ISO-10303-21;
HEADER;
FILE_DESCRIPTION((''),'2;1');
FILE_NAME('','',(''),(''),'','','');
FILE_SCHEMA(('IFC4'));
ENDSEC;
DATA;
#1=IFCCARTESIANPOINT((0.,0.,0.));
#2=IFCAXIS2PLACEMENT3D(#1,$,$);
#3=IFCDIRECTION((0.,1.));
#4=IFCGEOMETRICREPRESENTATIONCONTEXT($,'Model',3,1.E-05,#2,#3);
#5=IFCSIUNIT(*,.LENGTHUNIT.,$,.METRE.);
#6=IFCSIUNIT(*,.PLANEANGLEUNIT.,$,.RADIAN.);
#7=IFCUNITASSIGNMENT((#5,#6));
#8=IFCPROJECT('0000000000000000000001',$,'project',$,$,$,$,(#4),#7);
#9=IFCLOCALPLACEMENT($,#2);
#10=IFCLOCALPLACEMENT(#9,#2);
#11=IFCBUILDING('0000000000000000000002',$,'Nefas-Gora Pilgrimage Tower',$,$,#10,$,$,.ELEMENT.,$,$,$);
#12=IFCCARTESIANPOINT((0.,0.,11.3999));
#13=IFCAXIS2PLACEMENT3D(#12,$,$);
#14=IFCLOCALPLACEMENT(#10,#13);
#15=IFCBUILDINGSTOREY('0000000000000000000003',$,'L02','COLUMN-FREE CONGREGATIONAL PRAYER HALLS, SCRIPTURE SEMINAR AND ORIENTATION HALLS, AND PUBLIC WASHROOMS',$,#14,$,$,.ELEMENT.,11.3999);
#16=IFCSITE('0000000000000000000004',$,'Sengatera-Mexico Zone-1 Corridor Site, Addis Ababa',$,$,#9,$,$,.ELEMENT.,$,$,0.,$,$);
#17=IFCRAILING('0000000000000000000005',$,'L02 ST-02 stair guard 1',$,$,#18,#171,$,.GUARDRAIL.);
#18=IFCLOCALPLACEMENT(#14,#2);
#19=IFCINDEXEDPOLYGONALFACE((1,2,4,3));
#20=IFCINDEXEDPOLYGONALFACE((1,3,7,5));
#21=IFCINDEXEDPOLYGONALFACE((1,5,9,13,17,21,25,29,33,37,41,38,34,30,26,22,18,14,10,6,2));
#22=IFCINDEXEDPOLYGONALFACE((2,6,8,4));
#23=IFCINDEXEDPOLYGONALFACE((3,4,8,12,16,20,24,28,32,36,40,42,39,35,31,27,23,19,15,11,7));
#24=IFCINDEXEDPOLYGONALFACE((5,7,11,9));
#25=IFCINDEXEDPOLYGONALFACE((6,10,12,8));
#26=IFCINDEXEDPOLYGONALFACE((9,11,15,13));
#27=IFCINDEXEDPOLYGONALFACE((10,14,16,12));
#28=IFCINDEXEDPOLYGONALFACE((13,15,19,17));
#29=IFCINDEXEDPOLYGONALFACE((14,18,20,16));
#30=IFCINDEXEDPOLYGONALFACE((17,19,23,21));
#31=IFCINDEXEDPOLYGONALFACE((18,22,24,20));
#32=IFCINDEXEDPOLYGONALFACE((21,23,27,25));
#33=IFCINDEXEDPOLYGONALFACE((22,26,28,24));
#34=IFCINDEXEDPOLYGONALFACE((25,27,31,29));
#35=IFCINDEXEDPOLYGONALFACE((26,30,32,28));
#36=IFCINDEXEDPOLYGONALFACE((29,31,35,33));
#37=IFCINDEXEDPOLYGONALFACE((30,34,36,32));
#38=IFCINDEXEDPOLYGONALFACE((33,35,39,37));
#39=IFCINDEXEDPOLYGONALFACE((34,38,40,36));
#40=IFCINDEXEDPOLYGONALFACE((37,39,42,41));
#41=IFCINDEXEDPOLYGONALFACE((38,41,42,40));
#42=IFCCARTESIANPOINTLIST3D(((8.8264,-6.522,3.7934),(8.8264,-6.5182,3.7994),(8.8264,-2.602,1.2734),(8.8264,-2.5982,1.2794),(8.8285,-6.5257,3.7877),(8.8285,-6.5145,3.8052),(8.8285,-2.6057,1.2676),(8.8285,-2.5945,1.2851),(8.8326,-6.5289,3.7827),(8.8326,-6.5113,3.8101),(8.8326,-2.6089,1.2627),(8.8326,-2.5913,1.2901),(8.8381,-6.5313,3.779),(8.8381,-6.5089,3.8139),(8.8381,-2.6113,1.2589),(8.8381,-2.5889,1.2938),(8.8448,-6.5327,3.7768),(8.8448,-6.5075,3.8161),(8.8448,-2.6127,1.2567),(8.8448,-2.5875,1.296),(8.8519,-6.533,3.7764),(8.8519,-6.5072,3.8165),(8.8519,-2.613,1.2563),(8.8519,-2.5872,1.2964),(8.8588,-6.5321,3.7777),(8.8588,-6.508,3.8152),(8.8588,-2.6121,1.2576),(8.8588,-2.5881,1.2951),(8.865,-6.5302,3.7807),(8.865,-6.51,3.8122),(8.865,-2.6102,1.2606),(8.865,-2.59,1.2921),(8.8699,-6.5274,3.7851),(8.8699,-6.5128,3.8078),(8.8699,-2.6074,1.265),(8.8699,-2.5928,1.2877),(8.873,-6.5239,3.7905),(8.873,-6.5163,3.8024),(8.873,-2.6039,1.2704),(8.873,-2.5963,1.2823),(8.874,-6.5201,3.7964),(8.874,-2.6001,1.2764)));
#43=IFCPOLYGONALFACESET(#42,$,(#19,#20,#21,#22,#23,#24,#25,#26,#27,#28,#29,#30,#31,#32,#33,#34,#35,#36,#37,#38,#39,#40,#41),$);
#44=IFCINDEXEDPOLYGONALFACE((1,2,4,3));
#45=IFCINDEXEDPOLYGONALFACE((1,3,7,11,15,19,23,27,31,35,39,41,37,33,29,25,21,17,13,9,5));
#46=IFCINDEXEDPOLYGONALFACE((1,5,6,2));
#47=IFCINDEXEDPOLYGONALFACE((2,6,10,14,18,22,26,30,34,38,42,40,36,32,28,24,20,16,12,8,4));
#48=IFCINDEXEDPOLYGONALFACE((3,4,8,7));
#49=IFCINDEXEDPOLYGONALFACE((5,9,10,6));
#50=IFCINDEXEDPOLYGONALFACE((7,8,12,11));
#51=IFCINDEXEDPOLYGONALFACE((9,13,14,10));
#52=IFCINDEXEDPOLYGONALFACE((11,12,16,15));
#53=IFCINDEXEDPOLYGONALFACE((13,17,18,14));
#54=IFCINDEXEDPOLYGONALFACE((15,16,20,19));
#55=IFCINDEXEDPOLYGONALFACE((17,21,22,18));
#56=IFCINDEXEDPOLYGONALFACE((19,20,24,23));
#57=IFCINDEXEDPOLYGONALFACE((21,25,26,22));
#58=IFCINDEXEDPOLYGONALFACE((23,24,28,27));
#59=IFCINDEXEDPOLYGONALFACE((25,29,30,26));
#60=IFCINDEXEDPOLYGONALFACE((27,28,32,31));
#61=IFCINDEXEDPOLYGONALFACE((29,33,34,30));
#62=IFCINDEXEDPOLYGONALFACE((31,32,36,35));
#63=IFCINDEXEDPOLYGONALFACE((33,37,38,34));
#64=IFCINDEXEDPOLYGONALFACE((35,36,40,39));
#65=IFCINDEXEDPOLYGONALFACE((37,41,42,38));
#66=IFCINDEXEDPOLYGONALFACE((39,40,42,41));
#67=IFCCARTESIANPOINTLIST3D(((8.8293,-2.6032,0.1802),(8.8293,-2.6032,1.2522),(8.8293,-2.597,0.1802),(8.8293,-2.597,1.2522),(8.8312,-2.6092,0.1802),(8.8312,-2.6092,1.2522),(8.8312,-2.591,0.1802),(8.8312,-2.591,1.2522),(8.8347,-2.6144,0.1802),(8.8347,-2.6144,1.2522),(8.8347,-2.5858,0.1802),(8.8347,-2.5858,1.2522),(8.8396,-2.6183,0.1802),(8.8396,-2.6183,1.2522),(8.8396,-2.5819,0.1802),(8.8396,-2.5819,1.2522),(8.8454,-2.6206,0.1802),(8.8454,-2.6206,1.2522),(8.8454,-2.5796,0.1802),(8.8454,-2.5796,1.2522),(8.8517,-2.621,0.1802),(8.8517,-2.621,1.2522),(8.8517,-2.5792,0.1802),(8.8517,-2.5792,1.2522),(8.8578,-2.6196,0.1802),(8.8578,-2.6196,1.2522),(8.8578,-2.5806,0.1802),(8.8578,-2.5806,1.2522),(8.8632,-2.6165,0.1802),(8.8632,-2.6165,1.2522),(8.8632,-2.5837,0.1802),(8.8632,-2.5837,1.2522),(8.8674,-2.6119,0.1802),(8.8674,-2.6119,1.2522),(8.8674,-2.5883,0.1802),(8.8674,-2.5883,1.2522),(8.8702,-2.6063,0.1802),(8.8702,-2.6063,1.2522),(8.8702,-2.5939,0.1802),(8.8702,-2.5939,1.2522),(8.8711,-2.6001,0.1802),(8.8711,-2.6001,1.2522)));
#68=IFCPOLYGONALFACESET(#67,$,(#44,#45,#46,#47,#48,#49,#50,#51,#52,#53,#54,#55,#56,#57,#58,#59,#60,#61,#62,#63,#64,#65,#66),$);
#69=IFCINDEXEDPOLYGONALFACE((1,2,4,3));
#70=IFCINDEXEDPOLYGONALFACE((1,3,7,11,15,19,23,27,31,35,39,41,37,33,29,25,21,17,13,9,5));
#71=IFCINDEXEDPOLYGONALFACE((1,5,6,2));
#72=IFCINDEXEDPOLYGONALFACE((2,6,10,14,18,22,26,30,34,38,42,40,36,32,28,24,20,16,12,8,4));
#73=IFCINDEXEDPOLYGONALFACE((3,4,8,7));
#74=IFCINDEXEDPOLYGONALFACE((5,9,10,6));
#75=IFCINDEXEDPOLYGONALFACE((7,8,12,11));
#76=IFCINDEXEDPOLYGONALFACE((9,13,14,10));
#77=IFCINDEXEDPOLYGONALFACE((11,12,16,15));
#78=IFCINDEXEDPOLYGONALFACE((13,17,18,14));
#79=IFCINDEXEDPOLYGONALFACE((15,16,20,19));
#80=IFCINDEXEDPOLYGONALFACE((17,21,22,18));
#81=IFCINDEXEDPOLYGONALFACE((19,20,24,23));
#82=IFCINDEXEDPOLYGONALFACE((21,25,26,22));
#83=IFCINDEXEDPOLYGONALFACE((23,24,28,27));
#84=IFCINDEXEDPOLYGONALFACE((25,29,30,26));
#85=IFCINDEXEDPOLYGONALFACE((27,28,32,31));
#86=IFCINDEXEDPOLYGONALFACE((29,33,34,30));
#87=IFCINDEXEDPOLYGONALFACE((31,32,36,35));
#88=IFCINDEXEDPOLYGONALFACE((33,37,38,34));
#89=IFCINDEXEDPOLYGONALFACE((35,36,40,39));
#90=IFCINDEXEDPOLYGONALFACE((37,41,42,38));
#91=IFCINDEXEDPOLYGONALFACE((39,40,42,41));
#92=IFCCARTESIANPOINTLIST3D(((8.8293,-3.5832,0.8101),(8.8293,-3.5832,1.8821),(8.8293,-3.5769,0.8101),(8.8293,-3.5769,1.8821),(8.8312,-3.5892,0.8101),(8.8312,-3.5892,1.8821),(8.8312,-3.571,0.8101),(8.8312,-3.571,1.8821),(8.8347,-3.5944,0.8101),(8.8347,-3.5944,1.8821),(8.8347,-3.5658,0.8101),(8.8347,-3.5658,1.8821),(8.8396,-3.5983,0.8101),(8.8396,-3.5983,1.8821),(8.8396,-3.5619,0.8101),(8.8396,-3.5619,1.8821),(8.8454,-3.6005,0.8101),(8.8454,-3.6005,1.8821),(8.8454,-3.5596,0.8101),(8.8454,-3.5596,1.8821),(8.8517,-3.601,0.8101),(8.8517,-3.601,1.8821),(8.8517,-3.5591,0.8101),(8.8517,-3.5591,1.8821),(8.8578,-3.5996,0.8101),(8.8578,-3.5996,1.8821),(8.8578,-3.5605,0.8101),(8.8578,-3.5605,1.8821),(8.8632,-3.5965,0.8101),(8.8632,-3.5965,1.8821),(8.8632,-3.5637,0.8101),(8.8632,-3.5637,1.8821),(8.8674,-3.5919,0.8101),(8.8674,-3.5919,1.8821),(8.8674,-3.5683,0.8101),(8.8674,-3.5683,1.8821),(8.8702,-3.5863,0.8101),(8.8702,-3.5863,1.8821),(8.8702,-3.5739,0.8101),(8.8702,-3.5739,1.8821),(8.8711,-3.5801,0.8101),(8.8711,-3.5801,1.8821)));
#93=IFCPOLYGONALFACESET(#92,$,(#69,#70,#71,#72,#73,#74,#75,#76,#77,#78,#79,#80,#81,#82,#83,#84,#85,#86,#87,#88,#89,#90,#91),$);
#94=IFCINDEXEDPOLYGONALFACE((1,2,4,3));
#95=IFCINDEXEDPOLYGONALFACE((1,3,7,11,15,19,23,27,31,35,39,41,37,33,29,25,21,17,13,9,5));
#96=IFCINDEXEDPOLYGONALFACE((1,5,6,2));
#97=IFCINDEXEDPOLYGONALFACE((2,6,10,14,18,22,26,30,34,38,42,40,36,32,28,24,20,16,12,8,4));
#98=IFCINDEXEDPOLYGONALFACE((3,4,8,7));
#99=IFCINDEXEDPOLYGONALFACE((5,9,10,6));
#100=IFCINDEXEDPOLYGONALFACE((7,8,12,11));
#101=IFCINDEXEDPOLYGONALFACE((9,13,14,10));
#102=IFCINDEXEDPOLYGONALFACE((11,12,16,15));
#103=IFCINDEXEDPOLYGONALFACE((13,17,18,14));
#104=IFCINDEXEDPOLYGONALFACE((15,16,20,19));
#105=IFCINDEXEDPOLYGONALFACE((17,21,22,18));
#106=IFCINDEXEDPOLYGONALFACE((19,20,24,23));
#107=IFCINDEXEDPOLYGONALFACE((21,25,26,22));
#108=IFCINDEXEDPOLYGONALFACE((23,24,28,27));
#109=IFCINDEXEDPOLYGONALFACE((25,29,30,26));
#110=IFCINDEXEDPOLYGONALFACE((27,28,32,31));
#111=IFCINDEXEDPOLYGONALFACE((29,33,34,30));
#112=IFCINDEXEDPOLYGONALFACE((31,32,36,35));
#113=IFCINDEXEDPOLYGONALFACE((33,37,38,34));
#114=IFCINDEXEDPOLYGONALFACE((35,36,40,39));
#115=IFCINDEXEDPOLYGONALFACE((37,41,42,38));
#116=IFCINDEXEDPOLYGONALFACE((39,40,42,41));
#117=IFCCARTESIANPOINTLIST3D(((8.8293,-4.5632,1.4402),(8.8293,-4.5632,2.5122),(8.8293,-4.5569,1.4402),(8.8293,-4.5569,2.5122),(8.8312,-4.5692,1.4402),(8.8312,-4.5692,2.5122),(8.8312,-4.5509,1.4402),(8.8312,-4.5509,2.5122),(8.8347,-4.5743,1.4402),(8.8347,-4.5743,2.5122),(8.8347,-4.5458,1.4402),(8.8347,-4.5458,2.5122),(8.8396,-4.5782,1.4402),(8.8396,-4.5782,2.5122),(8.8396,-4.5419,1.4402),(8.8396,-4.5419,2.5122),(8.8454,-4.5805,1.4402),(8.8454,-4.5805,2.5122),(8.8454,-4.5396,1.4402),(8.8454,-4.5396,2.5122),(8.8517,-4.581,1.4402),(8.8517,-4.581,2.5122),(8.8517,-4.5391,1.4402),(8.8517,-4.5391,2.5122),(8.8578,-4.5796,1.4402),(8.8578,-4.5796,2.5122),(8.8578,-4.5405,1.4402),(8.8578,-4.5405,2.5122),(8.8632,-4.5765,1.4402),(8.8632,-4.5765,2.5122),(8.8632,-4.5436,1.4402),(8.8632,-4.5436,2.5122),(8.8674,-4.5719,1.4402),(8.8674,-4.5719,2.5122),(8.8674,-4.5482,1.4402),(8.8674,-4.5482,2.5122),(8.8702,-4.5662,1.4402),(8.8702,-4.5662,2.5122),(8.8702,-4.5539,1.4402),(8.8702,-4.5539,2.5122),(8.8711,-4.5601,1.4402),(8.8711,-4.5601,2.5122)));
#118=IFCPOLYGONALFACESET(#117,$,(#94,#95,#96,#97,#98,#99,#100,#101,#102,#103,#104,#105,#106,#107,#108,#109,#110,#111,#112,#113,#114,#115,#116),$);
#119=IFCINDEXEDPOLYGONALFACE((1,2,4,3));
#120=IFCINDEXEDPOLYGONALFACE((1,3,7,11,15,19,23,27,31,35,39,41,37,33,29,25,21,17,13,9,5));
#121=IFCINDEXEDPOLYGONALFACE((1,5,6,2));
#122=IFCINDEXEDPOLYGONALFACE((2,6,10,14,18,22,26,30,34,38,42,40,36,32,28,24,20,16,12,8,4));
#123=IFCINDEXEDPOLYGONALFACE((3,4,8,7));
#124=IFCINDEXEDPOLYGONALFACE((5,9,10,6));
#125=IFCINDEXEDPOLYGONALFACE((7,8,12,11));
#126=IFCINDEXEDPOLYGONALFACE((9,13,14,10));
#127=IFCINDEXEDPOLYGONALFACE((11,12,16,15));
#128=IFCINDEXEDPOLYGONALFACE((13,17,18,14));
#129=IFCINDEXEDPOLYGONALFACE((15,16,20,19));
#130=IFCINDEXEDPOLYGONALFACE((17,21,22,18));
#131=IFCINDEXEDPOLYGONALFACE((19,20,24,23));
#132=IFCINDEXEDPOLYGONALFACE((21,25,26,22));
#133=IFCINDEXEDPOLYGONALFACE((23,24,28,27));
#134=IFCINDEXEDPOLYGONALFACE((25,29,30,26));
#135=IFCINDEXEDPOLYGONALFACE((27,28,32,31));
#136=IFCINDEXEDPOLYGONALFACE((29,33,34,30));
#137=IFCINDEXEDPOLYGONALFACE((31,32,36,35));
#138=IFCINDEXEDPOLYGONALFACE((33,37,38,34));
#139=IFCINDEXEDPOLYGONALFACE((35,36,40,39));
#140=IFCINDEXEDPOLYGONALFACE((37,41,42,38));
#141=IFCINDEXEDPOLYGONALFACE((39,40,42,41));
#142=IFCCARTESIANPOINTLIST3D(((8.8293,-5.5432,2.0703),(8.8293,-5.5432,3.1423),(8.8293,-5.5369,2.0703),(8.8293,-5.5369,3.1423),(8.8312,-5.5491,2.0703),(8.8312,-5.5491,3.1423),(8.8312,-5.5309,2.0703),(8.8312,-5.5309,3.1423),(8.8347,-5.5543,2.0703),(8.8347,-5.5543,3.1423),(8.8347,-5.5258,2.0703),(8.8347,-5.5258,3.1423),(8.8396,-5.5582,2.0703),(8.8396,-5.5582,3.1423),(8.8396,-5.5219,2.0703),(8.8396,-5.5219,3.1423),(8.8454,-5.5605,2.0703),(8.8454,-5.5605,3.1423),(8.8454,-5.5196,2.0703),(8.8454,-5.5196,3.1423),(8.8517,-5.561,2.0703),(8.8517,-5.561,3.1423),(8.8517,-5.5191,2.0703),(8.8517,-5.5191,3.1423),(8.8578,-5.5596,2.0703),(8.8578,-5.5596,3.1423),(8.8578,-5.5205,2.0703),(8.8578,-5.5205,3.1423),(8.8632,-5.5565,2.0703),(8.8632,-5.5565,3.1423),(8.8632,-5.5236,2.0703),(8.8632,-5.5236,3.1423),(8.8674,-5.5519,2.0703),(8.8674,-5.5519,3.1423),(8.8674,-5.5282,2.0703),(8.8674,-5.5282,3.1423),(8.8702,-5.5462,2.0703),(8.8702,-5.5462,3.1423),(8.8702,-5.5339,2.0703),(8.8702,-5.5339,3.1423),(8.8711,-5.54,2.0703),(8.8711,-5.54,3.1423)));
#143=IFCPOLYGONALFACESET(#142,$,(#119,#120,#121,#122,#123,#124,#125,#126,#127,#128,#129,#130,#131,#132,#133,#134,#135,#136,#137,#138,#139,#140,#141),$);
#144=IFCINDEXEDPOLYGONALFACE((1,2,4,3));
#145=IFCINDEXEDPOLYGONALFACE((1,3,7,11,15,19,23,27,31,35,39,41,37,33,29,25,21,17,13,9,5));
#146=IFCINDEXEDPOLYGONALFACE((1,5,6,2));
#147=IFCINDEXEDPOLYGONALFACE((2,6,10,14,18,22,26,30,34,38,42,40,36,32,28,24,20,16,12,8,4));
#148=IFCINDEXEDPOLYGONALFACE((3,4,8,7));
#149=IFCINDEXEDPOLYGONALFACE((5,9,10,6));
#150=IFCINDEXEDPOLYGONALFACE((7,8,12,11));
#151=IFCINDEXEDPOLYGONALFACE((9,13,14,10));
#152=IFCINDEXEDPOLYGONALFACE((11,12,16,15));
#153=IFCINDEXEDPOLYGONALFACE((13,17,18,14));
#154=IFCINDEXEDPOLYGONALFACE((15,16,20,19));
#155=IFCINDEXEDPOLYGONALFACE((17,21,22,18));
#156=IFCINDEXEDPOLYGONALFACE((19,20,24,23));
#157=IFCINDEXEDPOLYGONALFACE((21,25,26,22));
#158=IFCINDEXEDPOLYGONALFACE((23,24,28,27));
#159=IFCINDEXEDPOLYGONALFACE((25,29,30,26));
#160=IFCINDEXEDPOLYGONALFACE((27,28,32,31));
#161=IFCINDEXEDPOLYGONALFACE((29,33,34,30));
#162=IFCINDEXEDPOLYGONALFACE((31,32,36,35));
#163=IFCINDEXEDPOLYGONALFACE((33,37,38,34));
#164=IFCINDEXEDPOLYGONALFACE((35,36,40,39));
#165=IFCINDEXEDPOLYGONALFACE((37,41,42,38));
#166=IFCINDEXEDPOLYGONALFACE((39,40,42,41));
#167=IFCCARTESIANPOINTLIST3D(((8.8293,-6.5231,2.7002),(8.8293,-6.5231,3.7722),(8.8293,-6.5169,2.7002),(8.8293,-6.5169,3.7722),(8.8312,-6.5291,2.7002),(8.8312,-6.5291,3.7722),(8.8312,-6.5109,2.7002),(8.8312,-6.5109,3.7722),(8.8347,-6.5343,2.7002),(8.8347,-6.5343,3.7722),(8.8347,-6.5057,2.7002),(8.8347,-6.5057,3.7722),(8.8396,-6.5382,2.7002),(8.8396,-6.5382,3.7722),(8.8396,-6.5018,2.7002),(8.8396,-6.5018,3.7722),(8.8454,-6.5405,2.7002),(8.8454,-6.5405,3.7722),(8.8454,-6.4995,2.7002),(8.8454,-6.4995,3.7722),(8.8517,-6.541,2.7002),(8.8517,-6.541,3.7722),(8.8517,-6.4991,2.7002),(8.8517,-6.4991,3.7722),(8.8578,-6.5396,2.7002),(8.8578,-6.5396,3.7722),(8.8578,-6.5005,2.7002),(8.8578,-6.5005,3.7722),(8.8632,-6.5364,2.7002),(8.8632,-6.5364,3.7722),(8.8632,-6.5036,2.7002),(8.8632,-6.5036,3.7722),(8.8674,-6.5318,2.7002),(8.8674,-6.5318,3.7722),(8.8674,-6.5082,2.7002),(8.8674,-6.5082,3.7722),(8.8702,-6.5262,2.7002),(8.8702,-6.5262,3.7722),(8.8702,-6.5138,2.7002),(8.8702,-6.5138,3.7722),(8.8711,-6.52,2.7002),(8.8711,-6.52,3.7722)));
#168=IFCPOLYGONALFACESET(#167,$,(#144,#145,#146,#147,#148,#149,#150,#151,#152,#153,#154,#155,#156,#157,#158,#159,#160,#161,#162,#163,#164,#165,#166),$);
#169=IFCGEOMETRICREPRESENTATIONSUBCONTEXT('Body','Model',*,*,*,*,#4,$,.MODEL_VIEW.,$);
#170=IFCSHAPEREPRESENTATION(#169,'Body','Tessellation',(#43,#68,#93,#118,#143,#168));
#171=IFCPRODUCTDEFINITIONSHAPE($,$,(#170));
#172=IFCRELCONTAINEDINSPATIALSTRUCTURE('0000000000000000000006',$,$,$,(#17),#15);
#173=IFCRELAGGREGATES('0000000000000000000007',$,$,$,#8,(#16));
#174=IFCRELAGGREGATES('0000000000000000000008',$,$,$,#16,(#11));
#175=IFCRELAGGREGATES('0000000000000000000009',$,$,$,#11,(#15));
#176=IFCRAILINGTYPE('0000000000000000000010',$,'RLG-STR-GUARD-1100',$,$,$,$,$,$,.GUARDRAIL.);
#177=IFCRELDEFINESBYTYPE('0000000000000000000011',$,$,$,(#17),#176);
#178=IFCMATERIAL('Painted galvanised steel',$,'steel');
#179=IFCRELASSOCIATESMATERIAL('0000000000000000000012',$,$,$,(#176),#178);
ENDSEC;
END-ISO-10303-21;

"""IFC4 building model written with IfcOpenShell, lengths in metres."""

from ifc_helpers import new_model, si_unit, direction, frame, origin, origin_2d, place, context, subcontext, project, spatial, circle, extrude, material, type_object, element, save


model = new_model("IFC4")

# Units and contexts
model_context = context("Model", 3, precision=1e-05, world=origin(), true_north=direction((0.0, 1.0)))
body_context = subcontext(model_context, "Body", "Model", "MODEL_VIEW")
ifc_project = project(units=[si_unit("LENGTHUNIT", "METRE"), si_unit("PLANEANGLEUNIT", "RADIAN")], contexts=[model_context])

# Site, building, storey
site_placement = place(None, origin())
site = spatial("IfcSite", under=ifc_project, at=site_placement, Name="Sengatera-Mexico Zone-1 Corridor Site, Addis Ababa", CompositionType="ELEMENT", RefElevation=0.0)
building_placement = place(site_placement, origin())
building = spatial("IfcBuilding", under=site, at=building_placement, Name="Nefas-Gora Pilgrimage Tower", CompositionType="ELEMENT")
storey_placement = place(building_placement, frame((0.0, 0.0, 11.3999)))
storey = spatial("IfcBuildingStorey", under=building, at=storey_placement, Name="L02", Description="COLUMN-FREE CONGREGATIONAL PRAYER HALLS, SCRIPTURE SEMINAR AND ORIENTATION HALLS, AND PUBLIC WASHROOMS", CompositionType="ELEMENT", Elevation=11.3999)

# Railing
ifc_material_1 = material(Name="Painted galvanised steel", Category="steel")
railing_type_1 = type_object("IfcRailingType", Name="RLG-STR-GUARD-1100", PredefinedType="GUARDRAIL", material=ifc_material_1)
railing_1_placement = place(storey_placement, frame((8.8501, -2.6001, 0.1802)))
element("IfcRailing", 1, at=railing_1_placement, inside=storey, type_object=railing_type_1, Name="L02 ST-02 stair guard 1", PredefinedType="GUARDRAIL", context=body_context, shape_type="SweptSolid", body=[
    extrude(circle(Radius=0.0239, at=origin_2d()), frame((0.0, 0.0, 1.0962), z_axis=(0.0, -0.841172, 0.540768), x_axis=(1.0, 0.0, 0.0)), (0.0, 0.0, 1.0), 4.6602),
    extrude(circle(Radius=0.021, at=origin_2d()), origin(), (0.0, 0.0, 1.0), 1.072),
    extrude(circle(Radius=0.021, at=origin_2d()), frame((0.0, -0.98, 0.6299)), (0.0, 0.0, 1.0), 1.072),
    extrude(circle(Radius=0.021, at=origin_2d()), frame((0.0, -1.96, 1.26)), (0.0, 0.0, 1.0), 1.072),
    extrude(circle(Radius=0.021, at=origin_2d()), frame((0.0, -2.9399, 1.8901)), (0.0, 0.0, 1.0), 1.072),
    extrude(circle(Radius=0.021, at=origin_2d()), frame((0.0, -3.9199, 2.52)), (0.0, 0.0, 1.0), 1.072),
])

save(model, "model.ifc")
